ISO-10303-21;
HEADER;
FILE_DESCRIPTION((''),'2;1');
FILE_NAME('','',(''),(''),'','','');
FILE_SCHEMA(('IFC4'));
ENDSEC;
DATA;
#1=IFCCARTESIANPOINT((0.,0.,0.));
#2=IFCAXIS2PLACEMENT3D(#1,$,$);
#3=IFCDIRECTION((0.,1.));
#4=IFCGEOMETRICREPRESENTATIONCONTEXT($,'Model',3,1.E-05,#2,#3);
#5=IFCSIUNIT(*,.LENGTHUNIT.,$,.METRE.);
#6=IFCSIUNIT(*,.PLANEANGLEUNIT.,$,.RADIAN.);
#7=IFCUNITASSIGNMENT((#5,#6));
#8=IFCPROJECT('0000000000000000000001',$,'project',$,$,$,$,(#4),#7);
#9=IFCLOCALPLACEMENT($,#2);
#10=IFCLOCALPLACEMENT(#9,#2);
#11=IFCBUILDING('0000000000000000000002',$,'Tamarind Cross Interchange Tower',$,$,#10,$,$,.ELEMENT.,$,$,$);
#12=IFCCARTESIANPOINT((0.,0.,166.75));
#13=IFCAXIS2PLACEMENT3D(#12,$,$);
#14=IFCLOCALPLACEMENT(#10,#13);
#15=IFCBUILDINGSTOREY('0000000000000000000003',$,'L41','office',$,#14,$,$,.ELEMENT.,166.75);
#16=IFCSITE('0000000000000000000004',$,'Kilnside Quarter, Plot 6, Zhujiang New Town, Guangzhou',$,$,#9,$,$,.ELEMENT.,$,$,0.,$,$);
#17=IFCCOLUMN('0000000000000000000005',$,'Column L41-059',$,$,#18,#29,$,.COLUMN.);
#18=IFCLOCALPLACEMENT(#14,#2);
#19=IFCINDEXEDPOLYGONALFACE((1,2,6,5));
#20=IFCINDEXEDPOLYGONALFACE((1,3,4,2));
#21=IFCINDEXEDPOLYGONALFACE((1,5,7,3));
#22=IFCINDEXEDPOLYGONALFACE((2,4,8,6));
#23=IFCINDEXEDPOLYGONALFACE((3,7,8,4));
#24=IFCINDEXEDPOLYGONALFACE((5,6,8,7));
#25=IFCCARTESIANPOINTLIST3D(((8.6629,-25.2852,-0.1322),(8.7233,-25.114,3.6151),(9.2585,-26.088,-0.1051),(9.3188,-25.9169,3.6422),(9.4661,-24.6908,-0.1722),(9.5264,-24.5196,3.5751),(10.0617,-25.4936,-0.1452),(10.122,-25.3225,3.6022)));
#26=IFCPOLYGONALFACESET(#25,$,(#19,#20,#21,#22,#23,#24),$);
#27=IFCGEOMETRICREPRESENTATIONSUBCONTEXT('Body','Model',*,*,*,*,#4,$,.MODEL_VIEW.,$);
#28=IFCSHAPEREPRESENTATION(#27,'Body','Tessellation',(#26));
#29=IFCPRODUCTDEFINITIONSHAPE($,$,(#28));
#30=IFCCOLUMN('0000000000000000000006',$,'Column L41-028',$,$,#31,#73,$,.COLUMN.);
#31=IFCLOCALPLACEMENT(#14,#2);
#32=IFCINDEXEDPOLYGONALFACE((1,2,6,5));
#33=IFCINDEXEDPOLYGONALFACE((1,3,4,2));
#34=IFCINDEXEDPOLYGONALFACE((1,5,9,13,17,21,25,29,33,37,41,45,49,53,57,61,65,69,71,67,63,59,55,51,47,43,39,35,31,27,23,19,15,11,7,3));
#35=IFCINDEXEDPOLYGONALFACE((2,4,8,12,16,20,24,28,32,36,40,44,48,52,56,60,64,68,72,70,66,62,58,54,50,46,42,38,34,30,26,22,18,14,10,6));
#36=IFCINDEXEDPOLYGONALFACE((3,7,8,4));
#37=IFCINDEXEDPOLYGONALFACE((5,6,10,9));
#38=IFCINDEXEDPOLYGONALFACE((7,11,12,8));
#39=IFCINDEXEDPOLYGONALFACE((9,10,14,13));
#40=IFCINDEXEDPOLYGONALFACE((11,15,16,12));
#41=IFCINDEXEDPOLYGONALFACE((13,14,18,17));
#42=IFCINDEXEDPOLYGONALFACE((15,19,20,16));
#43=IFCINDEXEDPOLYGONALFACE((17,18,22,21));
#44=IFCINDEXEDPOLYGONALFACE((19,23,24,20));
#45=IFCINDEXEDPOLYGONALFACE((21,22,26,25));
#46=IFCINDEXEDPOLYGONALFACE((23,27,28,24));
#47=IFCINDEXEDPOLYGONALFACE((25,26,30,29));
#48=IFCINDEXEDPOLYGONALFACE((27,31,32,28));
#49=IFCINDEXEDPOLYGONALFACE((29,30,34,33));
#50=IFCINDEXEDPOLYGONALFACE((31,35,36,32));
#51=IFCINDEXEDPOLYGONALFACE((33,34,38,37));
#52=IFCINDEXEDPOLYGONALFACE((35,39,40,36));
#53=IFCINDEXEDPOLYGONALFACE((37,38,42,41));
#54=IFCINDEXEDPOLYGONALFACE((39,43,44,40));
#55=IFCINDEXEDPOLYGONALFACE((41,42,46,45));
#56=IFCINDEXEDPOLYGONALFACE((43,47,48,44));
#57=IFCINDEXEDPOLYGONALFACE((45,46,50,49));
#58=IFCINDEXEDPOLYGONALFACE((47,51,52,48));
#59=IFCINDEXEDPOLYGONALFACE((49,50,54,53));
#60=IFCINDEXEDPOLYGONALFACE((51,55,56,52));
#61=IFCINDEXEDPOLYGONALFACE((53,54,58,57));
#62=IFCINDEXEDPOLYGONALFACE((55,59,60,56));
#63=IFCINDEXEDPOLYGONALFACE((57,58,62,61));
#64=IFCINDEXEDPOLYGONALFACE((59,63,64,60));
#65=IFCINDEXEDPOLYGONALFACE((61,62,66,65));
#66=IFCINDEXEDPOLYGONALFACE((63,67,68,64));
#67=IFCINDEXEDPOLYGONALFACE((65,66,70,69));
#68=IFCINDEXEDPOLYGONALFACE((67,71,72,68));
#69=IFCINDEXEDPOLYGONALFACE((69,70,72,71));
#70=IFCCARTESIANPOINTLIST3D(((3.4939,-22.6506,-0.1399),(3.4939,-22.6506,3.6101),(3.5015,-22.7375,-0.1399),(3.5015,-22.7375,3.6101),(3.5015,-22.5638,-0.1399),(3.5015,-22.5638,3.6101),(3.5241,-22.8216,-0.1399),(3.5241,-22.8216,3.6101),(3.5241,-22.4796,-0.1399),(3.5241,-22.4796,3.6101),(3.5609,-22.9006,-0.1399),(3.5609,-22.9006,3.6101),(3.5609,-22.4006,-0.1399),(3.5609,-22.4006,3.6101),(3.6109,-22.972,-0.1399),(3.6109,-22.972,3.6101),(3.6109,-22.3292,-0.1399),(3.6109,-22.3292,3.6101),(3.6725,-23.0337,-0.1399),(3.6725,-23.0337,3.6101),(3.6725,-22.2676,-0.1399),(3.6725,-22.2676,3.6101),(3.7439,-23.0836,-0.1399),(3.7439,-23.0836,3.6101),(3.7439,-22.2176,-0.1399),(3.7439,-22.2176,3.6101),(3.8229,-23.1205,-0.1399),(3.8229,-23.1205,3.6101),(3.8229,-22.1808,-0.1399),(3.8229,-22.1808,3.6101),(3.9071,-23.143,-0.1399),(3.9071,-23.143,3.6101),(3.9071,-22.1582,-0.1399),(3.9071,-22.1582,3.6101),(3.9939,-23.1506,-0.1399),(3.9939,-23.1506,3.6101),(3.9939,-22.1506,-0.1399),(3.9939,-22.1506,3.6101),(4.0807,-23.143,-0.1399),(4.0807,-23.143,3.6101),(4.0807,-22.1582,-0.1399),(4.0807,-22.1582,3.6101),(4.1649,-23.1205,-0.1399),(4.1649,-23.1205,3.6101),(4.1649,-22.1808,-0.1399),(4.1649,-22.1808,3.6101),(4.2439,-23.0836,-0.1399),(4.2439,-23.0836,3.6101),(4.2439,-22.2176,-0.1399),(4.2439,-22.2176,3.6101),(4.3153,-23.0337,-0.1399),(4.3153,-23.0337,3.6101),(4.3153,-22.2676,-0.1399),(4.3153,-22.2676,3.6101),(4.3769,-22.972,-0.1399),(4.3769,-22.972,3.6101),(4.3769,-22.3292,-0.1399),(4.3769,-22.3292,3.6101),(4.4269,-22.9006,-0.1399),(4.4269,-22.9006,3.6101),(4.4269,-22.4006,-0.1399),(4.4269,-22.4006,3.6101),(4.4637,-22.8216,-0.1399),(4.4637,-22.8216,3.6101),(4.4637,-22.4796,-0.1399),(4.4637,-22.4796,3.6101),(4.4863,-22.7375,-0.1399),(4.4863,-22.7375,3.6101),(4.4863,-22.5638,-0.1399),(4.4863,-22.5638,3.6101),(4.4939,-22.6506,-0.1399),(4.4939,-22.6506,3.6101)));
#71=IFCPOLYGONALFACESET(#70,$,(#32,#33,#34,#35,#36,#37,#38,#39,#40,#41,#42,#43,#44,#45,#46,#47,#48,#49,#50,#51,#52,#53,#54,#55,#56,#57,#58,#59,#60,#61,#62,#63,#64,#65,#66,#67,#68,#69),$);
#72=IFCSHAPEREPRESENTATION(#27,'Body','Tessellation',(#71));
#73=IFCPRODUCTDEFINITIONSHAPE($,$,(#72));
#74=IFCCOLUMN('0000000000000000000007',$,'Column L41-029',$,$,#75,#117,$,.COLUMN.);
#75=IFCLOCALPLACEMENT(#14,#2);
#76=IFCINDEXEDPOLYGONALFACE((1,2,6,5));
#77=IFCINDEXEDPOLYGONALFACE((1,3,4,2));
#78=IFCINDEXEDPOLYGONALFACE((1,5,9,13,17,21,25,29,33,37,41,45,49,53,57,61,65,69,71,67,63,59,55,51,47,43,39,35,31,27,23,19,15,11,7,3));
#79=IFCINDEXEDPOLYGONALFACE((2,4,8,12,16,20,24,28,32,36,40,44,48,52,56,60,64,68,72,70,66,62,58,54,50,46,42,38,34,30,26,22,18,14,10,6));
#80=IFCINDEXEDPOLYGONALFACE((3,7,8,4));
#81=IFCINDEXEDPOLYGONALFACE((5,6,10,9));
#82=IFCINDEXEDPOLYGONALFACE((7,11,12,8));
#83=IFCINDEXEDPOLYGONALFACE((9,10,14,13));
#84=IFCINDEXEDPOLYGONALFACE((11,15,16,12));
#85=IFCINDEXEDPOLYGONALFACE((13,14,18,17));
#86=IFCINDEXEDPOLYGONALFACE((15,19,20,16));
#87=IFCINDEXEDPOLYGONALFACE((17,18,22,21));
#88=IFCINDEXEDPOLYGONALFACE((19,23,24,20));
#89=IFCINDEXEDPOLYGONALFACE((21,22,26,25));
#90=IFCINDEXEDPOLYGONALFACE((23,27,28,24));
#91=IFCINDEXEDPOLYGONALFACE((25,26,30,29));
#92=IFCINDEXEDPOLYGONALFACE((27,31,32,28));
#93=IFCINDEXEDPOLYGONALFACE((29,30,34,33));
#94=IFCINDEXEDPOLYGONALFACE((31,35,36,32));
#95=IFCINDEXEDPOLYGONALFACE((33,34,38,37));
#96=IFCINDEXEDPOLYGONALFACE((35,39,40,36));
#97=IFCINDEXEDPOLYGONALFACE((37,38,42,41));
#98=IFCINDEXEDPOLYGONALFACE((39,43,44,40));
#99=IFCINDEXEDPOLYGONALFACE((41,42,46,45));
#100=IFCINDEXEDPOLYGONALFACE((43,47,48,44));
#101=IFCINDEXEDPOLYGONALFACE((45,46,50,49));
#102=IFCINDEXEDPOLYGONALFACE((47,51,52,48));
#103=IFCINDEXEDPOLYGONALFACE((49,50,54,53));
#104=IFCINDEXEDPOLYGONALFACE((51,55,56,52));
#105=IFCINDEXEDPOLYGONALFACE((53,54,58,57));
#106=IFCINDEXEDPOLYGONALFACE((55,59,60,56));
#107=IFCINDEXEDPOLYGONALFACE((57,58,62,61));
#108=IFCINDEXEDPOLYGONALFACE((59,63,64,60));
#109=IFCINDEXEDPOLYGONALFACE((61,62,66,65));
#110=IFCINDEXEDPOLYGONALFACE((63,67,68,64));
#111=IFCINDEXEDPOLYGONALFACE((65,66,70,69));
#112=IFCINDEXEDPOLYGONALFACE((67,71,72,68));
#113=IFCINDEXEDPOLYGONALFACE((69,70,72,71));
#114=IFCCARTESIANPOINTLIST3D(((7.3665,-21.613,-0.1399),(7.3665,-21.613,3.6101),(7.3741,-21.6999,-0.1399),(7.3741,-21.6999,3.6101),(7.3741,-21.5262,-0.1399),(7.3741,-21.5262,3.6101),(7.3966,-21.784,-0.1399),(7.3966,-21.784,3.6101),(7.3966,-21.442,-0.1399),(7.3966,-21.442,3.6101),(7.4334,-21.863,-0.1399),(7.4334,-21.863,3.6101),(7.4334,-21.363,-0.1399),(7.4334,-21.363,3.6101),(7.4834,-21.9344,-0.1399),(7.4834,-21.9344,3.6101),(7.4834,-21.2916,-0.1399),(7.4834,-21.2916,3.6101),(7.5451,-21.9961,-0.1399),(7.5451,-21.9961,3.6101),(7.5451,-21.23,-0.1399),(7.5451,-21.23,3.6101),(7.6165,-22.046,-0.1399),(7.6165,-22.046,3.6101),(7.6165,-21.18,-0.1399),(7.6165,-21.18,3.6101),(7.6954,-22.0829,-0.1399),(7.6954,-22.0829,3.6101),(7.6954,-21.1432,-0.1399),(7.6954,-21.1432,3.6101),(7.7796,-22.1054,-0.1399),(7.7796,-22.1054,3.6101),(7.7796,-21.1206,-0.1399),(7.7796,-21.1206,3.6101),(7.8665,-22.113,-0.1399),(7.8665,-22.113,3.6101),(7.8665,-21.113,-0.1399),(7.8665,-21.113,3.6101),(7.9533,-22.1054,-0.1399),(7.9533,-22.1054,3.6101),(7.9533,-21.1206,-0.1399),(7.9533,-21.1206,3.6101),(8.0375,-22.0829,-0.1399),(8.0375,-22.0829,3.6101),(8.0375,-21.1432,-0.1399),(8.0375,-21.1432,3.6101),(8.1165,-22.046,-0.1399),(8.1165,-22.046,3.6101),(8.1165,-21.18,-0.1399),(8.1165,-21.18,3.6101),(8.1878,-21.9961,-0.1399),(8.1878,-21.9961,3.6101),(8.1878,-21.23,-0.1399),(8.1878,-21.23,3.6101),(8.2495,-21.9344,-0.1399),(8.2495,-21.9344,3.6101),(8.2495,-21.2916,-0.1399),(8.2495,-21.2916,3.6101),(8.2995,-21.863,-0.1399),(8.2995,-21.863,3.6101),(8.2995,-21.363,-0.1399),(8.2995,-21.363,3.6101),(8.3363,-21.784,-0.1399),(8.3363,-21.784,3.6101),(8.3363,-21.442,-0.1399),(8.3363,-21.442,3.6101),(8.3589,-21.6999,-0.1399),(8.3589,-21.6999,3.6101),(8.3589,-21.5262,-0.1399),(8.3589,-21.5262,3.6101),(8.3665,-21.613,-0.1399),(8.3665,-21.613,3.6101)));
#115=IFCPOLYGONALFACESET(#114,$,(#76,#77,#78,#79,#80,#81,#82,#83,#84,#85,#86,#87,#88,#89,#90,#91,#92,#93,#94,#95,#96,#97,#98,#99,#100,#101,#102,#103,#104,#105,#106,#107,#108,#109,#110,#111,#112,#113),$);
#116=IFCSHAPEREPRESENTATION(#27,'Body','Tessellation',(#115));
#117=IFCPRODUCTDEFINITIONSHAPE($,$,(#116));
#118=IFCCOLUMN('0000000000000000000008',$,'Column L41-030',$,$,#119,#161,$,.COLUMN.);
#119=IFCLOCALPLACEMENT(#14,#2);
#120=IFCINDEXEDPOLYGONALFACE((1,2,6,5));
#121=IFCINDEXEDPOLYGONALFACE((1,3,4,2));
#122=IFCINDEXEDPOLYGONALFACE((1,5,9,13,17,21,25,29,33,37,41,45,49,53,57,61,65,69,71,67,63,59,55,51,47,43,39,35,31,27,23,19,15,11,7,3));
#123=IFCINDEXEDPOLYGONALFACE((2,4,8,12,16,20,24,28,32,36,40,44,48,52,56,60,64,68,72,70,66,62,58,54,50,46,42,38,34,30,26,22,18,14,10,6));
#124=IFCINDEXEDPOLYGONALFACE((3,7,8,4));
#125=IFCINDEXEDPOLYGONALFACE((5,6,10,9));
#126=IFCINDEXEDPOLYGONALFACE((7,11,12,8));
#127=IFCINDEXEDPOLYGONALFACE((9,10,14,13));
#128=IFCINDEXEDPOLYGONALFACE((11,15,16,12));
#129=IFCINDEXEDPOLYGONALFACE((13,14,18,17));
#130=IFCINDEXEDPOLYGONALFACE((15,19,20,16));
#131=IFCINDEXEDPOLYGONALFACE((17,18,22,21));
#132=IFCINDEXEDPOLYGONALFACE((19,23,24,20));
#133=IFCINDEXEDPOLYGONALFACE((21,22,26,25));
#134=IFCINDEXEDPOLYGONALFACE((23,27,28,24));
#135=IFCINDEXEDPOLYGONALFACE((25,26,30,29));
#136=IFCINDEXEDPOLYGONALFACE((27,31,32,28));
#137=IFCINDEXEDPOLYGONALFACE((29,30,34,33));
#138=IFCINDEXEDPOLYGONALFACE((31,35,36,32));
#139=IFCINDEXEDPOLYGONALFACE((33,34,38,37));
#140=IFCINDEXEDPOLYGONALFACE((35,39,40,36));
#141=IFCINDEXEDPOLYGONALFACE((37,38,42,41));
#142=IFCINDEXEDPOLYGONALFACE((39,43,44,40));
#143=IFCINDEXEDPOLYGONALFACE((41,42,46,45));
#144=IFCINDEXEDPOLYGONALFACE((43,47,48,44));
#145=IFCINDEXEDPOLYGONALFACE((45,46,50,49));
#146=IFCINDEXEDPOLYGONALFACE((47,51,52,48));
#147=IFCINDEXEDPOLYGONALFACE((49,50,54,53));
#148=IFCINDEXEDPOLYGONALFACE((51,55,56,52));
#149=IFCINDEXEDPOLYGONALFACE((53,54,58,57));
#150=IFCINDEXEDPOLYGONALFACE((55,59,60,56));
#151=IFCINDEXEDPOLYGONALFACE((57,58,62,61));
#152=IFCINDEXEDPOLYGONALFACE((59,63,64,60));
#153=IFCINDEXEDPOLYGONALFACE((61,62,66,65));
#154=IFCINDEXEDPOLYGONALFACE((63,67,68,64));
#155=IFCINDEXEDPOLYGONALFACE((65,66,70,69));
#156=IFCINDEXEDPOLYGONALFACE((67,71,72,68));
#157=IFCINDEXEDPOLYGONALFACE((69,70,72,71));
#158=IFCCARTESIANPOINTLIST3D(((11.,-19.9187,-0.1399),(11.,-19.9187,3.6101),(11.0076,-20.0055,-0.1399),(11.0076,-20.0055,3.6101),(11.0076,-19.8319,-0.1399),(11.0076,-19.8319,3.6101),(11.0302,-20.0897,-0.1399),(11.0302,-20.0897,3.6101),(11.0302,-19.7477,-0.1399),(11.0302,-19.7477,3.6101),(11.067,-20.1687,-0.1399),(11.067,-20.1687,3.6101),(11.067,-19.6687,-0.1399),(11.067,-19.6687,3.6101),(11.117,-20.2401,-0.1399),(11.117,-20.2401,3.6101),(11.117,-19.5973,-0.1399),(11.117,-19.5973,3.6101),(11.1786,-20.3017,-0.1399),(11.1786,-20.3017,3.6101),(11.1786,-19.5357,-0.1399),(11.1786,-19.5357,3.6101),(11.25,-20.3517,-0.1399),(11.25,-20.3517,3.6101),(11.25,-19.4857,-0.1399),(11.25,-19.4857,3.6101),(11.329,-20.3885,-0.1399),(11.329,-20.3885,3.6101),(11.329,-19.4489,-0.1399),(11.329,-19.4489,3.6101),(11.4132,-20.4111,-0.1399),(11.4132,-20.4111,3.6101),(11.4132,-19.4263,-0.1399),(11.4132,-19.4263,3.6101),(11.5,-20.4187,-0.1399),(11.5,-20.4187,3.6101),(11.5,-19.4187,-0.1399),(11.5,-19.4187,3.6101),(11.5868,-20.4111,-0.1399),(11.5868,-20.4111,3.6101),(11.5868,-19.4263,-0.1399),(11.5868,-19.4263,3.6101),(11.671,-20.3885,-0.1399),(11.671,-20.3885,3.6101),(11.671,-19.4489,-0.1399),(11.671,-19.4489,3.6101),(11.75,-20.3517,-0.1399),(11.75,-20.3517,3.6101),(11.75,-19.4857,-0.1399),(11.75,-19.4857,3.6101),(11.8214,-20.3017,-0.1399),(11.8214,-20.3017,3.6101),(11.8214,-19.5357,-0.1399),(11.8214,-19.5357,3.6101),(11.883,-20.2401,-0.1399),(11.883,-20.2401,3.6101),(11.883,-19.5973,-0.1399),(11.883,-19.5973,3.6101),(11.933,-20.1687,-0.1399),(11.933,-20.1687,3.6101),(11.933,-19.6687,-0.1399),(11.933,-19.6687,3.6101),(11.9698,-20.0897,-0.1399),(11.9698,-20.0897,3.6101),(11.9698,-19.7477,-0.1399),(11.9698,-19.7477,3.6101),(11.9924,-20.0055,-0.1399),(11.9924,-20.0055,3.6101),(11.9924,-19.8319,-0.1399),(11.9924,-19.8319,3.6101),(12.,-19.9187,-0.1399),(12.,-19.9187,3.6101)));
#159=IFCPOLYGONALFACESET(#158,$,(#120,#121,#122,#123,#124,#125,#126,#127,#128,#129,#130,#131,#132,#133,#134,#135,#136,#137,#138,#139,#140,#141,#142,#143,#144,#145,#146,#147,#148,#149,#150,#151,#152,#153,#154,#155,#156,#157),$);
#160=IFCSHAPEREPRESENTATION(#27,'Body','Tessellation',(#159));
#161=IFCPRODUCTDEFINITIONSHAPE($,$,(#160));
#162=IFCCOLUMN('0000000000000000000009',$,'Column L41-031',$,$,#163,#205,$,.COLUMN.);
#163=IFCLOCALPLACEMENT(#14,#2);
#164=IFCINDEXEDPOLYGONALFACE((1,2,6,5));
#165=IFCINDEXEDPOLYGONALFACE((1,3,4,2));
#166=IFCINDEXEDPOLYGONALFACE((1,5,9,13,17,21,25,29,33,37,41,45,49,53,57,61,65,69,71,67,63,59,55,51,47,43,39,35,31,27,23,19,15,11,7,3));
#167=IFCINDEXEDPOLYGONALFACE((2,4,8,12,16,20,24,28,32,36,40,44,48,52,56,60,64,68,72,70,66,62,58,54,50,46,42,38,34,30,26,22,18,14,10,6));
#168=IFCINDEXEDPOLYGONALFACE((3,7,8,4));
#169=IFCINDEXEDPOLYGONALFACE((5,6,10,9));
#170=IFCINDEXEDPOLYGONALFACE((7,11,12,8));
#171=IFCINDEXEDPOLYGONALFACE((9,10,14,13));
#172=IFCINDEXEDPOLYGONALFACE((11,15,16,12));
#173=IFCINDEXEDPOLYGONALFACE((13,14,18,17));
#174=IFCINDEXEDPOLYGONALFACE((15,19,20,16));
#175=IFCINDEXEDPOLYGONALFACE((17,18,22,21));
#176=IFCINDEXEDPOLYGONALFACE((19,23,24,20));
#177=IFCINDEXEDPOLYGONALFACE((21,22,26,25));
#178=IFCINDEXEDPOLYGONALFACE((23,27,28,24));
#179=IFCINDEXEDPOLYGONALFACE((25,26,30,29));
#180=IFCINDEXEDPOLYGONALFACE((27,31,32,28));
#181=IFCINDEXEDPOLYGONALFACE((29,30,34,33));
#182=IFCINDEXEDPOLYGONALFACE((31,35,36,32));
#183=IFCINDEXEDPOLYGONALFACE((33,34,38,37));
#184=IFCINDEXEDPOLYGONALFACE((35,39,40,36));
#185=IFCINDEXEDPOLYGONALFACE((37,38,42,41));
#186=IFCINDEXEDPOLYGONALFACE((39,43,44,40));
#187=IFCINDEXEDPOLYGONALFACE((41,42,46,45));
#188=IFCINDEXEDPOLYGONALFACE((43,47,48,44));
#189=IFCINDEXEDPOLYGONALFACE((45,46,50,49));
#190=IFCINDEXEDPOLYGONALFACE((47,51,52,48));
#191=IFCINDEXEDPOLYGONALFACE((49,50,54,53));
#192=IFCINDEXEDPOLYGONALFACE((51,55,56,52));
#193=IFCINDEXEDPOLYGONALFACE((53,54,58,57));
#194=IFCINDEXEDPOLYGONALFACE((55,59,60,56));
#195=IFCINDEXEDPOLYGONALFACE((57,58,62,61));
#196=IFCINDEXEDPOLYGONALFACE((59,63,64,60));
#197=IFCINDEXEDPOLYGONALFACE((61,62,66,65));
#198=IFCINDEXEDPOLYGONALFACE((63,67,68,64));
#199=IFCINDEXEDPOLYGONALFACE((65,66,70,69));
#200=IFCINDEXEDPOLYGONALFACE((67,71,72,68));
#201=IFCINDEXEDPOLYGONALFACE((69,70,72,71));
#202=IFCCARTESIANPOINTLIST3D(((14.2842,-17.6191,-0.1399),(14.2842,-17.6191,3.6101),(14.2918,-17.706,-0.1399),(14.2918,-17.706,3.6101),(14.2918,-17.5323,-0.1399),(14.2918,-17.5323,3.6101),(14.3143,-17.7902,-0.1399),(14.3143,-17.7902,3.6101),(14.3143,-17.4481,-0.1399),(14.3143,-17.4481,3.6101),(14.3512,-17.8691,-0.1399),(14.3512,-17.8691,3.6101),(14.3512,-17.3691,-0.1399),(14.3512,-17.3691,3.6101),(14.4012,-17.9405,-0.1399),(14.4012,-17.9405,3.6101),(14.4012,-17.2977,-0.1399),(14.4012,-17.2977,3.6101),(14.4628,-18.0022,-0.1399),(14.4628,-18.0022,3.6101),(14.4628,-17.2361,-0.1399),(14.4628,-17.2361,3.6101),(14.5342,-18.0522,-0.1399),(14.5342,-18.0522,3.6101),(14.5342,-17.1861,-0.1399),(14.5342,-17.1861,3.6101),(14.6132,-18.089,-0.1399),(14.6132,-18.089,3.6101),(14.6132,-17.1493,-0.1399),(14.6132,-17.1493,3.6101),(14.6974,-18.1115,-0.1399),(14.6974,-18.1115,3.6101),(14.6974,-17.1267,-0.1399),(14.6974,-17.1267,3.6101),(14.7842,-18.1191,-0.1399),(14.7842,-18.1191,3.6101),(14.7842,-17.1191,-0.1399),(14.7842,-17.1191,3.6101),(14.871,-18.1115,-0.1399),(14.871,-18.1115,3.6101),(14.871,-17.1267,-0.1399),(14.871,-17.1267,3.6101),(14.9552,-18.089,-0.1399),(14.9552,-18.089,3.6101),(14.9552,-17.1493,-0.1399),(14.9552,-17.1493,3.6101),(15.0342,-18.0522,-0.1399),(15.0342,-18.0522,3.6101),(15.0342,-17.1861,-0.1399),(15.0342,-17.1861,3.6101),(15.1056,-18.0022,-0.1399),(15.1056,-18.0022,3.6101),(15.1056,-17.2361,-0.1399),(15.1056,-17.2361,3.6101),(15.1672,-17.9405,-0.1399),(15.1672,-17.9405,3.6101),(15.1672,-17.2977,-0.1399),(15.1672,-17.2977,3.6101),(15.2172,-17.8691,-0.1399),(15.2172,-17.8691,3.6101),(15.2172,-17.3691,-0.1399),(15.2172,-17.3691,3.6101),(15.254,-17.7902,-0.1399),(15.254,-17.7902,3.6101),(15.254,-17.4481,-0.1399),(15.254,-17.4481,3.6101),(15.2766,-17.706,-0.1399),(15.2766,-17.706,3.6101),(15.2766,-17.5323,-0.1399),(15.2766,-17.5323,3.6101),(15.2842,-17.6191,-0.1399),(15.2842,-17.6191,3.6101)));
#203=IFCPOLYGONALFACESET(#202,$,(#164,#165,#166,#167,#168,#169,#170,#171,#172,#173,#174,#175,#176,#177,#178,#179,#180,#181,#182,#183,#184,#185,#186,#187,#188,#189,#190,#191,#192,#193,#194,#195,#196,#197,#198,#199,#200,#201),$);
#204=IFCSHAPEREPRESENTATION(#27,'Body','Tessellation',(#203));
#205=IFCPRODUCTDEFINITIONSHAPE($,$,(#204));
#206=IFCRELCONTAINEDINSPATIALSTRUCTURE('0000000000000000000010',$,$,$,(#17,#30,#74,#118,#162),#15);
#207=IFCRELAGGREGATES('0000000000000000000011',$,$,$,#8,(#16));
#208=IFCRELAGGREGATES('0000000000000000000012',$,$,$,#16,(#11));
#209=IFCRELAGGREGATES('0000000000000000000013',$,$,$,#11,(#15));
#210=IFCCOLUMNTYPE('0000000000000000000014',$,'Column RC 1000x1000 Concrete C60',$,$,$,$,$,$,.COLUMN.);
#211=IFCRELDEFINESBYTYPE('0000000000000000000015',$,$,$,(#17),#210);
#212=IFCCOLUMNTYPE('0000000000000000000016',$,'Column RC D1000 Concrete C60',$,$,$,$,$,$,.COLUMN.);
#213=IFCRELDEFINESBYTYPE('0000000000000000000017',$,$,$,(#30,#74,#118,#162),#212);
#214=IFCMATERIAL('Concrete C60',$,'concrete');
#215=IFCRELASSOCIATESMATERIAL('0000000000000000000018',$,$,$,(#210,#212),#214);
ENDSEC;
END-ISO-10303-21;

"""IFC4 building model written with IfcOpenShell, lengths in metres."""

from ifc_helpers import new_model, si_unit, direction, frame, origin, origin_2d, place, context, subcontext, project, spatial, rectangle, circle, extrude, material, material_profile, profile_set, type_object, element, save


model = new_model("IFC4")

# Units and contexts
model_context = context("Model", 3, precision=1e-05, world=origin(), true_north=direction((0.0, 1.0)))
body_context = subcontext(model_context, "Body", "Model", "MODEL_VIEW")
ifc_project = project(units=[si_unit("LENGTHUNIT", "METRE"), si_unit("PLANEANGLEUNIT", "RADIAN")], contexts=[model_context])

# Site, building, storey
site_placement = place(None, origin())
site = spatial("IfcSite", under=ifc_project, at=site_placement, Name="Kilnside Quarter, Plot 6, Zhujiang New Town, Guangzhou", CompositionType="ELEMENT", RefElevation=0.0)
building_placement = place(site_placement, origin())
building = spatial("IfcBuilding", under=site, at=building_placement, Name="Tamarind Cross Interchange Tower", CompositionType="ELEMENT")
storey_placement = place(building_placement, frame((0.0, 0.0, 166.75)))
storey = spatial("IfcBuildingStorey", under=building, at=storey_placement, Name="L41", Description="office", CompositionType="ELEMENT", Elevation=166.75)

# Columns
ifc_material_1 = material(Name="Concrete C60", Category="concrete")
ifc_material_profile_1 = material_profile(ifc_material_1, rectangle(XDim=1.0, YDim=1.0, at=origin_2d()), Name="RC 1000x1000")
ifc_profile_set_1 = profile_set([ifc_material_profile_1], Name="Concrete C60")
column_type_1 = type_object("IfcColumnType", Name="Column RC 1000x1000 Concrete C60", PredefinedType="COLUMN", material=ifc_profile_set_1)
column_placement = place(storey_placement, frame((9.3623, -25.3894, -0.1387), z_axis=(0.016073, 0.045617, 0.99883), x_axis=(-0.80315, -0.594428, 0.040072)))
element("IfcColumn", 1, at=column_placement, inside=storey, type_object=column_type_1, Name="Column L41-059", PredefinedType="COLUMN", context=body_context, shape_type="SweptSolid", body=[
    extrude(rectangle(XDim=1.0, YDim=1.0, at=origin_2d()), origin(), (0.0, 0.0, 1.0), 3.7517),
])
ifc_material_profile_2 = material_profile(ifc_material_1, circle(Radius=0.5, at=origin_2d()), Name="RC D1000")
ifc_profile_set_2 = profile_set([ifc_material_profile_2], Name="Concrete C60")
column_type_2 = type_object("IfcColumnType", Name="Column RC D1000 Concrete C60", PredefinedType="COLUMN", material=ifc_profile_set_2)
for number, where, z_axis, x_axis, name in (
    (2, (3.9939, -22.6506, -0.1399), (0.0, 0.0, 1.0), (1.0, 0.0, 0.0), "Column L41-028"),
    (3, (7.8665, -21.613, -0.1399), (0.0, 0.0, 1.0), (1.0, 0.0, 0.0), "Column L41-029"),
    (4, (11.5, -19.9187, -0.1399), (0.0, 0.0, 1.0), (1.0, 0.0, 0.0), "Column L41-030"),
    (5, (14.7842, -17.6191, -0.1399), (0.0, 0.0, 1.0), (1.0, 0.0, 0.0), "Column L41-031"),
):
    element("IfcColumn", number, at=place(storey_placement, frame(where, z_axis=z_axis, x_axis=x_axis)), inside=storey, type_object=column_type_2, Name=name, PredefinedType="COLUMN", context=body_context, shape_type="SweptSolid", body=[
        extrude(circle(Radius=0.5, at=origin_2d()), origin(), (0.0, 0.0, 1.0), 3.75),
    ])

save(model, "model.ifc")
